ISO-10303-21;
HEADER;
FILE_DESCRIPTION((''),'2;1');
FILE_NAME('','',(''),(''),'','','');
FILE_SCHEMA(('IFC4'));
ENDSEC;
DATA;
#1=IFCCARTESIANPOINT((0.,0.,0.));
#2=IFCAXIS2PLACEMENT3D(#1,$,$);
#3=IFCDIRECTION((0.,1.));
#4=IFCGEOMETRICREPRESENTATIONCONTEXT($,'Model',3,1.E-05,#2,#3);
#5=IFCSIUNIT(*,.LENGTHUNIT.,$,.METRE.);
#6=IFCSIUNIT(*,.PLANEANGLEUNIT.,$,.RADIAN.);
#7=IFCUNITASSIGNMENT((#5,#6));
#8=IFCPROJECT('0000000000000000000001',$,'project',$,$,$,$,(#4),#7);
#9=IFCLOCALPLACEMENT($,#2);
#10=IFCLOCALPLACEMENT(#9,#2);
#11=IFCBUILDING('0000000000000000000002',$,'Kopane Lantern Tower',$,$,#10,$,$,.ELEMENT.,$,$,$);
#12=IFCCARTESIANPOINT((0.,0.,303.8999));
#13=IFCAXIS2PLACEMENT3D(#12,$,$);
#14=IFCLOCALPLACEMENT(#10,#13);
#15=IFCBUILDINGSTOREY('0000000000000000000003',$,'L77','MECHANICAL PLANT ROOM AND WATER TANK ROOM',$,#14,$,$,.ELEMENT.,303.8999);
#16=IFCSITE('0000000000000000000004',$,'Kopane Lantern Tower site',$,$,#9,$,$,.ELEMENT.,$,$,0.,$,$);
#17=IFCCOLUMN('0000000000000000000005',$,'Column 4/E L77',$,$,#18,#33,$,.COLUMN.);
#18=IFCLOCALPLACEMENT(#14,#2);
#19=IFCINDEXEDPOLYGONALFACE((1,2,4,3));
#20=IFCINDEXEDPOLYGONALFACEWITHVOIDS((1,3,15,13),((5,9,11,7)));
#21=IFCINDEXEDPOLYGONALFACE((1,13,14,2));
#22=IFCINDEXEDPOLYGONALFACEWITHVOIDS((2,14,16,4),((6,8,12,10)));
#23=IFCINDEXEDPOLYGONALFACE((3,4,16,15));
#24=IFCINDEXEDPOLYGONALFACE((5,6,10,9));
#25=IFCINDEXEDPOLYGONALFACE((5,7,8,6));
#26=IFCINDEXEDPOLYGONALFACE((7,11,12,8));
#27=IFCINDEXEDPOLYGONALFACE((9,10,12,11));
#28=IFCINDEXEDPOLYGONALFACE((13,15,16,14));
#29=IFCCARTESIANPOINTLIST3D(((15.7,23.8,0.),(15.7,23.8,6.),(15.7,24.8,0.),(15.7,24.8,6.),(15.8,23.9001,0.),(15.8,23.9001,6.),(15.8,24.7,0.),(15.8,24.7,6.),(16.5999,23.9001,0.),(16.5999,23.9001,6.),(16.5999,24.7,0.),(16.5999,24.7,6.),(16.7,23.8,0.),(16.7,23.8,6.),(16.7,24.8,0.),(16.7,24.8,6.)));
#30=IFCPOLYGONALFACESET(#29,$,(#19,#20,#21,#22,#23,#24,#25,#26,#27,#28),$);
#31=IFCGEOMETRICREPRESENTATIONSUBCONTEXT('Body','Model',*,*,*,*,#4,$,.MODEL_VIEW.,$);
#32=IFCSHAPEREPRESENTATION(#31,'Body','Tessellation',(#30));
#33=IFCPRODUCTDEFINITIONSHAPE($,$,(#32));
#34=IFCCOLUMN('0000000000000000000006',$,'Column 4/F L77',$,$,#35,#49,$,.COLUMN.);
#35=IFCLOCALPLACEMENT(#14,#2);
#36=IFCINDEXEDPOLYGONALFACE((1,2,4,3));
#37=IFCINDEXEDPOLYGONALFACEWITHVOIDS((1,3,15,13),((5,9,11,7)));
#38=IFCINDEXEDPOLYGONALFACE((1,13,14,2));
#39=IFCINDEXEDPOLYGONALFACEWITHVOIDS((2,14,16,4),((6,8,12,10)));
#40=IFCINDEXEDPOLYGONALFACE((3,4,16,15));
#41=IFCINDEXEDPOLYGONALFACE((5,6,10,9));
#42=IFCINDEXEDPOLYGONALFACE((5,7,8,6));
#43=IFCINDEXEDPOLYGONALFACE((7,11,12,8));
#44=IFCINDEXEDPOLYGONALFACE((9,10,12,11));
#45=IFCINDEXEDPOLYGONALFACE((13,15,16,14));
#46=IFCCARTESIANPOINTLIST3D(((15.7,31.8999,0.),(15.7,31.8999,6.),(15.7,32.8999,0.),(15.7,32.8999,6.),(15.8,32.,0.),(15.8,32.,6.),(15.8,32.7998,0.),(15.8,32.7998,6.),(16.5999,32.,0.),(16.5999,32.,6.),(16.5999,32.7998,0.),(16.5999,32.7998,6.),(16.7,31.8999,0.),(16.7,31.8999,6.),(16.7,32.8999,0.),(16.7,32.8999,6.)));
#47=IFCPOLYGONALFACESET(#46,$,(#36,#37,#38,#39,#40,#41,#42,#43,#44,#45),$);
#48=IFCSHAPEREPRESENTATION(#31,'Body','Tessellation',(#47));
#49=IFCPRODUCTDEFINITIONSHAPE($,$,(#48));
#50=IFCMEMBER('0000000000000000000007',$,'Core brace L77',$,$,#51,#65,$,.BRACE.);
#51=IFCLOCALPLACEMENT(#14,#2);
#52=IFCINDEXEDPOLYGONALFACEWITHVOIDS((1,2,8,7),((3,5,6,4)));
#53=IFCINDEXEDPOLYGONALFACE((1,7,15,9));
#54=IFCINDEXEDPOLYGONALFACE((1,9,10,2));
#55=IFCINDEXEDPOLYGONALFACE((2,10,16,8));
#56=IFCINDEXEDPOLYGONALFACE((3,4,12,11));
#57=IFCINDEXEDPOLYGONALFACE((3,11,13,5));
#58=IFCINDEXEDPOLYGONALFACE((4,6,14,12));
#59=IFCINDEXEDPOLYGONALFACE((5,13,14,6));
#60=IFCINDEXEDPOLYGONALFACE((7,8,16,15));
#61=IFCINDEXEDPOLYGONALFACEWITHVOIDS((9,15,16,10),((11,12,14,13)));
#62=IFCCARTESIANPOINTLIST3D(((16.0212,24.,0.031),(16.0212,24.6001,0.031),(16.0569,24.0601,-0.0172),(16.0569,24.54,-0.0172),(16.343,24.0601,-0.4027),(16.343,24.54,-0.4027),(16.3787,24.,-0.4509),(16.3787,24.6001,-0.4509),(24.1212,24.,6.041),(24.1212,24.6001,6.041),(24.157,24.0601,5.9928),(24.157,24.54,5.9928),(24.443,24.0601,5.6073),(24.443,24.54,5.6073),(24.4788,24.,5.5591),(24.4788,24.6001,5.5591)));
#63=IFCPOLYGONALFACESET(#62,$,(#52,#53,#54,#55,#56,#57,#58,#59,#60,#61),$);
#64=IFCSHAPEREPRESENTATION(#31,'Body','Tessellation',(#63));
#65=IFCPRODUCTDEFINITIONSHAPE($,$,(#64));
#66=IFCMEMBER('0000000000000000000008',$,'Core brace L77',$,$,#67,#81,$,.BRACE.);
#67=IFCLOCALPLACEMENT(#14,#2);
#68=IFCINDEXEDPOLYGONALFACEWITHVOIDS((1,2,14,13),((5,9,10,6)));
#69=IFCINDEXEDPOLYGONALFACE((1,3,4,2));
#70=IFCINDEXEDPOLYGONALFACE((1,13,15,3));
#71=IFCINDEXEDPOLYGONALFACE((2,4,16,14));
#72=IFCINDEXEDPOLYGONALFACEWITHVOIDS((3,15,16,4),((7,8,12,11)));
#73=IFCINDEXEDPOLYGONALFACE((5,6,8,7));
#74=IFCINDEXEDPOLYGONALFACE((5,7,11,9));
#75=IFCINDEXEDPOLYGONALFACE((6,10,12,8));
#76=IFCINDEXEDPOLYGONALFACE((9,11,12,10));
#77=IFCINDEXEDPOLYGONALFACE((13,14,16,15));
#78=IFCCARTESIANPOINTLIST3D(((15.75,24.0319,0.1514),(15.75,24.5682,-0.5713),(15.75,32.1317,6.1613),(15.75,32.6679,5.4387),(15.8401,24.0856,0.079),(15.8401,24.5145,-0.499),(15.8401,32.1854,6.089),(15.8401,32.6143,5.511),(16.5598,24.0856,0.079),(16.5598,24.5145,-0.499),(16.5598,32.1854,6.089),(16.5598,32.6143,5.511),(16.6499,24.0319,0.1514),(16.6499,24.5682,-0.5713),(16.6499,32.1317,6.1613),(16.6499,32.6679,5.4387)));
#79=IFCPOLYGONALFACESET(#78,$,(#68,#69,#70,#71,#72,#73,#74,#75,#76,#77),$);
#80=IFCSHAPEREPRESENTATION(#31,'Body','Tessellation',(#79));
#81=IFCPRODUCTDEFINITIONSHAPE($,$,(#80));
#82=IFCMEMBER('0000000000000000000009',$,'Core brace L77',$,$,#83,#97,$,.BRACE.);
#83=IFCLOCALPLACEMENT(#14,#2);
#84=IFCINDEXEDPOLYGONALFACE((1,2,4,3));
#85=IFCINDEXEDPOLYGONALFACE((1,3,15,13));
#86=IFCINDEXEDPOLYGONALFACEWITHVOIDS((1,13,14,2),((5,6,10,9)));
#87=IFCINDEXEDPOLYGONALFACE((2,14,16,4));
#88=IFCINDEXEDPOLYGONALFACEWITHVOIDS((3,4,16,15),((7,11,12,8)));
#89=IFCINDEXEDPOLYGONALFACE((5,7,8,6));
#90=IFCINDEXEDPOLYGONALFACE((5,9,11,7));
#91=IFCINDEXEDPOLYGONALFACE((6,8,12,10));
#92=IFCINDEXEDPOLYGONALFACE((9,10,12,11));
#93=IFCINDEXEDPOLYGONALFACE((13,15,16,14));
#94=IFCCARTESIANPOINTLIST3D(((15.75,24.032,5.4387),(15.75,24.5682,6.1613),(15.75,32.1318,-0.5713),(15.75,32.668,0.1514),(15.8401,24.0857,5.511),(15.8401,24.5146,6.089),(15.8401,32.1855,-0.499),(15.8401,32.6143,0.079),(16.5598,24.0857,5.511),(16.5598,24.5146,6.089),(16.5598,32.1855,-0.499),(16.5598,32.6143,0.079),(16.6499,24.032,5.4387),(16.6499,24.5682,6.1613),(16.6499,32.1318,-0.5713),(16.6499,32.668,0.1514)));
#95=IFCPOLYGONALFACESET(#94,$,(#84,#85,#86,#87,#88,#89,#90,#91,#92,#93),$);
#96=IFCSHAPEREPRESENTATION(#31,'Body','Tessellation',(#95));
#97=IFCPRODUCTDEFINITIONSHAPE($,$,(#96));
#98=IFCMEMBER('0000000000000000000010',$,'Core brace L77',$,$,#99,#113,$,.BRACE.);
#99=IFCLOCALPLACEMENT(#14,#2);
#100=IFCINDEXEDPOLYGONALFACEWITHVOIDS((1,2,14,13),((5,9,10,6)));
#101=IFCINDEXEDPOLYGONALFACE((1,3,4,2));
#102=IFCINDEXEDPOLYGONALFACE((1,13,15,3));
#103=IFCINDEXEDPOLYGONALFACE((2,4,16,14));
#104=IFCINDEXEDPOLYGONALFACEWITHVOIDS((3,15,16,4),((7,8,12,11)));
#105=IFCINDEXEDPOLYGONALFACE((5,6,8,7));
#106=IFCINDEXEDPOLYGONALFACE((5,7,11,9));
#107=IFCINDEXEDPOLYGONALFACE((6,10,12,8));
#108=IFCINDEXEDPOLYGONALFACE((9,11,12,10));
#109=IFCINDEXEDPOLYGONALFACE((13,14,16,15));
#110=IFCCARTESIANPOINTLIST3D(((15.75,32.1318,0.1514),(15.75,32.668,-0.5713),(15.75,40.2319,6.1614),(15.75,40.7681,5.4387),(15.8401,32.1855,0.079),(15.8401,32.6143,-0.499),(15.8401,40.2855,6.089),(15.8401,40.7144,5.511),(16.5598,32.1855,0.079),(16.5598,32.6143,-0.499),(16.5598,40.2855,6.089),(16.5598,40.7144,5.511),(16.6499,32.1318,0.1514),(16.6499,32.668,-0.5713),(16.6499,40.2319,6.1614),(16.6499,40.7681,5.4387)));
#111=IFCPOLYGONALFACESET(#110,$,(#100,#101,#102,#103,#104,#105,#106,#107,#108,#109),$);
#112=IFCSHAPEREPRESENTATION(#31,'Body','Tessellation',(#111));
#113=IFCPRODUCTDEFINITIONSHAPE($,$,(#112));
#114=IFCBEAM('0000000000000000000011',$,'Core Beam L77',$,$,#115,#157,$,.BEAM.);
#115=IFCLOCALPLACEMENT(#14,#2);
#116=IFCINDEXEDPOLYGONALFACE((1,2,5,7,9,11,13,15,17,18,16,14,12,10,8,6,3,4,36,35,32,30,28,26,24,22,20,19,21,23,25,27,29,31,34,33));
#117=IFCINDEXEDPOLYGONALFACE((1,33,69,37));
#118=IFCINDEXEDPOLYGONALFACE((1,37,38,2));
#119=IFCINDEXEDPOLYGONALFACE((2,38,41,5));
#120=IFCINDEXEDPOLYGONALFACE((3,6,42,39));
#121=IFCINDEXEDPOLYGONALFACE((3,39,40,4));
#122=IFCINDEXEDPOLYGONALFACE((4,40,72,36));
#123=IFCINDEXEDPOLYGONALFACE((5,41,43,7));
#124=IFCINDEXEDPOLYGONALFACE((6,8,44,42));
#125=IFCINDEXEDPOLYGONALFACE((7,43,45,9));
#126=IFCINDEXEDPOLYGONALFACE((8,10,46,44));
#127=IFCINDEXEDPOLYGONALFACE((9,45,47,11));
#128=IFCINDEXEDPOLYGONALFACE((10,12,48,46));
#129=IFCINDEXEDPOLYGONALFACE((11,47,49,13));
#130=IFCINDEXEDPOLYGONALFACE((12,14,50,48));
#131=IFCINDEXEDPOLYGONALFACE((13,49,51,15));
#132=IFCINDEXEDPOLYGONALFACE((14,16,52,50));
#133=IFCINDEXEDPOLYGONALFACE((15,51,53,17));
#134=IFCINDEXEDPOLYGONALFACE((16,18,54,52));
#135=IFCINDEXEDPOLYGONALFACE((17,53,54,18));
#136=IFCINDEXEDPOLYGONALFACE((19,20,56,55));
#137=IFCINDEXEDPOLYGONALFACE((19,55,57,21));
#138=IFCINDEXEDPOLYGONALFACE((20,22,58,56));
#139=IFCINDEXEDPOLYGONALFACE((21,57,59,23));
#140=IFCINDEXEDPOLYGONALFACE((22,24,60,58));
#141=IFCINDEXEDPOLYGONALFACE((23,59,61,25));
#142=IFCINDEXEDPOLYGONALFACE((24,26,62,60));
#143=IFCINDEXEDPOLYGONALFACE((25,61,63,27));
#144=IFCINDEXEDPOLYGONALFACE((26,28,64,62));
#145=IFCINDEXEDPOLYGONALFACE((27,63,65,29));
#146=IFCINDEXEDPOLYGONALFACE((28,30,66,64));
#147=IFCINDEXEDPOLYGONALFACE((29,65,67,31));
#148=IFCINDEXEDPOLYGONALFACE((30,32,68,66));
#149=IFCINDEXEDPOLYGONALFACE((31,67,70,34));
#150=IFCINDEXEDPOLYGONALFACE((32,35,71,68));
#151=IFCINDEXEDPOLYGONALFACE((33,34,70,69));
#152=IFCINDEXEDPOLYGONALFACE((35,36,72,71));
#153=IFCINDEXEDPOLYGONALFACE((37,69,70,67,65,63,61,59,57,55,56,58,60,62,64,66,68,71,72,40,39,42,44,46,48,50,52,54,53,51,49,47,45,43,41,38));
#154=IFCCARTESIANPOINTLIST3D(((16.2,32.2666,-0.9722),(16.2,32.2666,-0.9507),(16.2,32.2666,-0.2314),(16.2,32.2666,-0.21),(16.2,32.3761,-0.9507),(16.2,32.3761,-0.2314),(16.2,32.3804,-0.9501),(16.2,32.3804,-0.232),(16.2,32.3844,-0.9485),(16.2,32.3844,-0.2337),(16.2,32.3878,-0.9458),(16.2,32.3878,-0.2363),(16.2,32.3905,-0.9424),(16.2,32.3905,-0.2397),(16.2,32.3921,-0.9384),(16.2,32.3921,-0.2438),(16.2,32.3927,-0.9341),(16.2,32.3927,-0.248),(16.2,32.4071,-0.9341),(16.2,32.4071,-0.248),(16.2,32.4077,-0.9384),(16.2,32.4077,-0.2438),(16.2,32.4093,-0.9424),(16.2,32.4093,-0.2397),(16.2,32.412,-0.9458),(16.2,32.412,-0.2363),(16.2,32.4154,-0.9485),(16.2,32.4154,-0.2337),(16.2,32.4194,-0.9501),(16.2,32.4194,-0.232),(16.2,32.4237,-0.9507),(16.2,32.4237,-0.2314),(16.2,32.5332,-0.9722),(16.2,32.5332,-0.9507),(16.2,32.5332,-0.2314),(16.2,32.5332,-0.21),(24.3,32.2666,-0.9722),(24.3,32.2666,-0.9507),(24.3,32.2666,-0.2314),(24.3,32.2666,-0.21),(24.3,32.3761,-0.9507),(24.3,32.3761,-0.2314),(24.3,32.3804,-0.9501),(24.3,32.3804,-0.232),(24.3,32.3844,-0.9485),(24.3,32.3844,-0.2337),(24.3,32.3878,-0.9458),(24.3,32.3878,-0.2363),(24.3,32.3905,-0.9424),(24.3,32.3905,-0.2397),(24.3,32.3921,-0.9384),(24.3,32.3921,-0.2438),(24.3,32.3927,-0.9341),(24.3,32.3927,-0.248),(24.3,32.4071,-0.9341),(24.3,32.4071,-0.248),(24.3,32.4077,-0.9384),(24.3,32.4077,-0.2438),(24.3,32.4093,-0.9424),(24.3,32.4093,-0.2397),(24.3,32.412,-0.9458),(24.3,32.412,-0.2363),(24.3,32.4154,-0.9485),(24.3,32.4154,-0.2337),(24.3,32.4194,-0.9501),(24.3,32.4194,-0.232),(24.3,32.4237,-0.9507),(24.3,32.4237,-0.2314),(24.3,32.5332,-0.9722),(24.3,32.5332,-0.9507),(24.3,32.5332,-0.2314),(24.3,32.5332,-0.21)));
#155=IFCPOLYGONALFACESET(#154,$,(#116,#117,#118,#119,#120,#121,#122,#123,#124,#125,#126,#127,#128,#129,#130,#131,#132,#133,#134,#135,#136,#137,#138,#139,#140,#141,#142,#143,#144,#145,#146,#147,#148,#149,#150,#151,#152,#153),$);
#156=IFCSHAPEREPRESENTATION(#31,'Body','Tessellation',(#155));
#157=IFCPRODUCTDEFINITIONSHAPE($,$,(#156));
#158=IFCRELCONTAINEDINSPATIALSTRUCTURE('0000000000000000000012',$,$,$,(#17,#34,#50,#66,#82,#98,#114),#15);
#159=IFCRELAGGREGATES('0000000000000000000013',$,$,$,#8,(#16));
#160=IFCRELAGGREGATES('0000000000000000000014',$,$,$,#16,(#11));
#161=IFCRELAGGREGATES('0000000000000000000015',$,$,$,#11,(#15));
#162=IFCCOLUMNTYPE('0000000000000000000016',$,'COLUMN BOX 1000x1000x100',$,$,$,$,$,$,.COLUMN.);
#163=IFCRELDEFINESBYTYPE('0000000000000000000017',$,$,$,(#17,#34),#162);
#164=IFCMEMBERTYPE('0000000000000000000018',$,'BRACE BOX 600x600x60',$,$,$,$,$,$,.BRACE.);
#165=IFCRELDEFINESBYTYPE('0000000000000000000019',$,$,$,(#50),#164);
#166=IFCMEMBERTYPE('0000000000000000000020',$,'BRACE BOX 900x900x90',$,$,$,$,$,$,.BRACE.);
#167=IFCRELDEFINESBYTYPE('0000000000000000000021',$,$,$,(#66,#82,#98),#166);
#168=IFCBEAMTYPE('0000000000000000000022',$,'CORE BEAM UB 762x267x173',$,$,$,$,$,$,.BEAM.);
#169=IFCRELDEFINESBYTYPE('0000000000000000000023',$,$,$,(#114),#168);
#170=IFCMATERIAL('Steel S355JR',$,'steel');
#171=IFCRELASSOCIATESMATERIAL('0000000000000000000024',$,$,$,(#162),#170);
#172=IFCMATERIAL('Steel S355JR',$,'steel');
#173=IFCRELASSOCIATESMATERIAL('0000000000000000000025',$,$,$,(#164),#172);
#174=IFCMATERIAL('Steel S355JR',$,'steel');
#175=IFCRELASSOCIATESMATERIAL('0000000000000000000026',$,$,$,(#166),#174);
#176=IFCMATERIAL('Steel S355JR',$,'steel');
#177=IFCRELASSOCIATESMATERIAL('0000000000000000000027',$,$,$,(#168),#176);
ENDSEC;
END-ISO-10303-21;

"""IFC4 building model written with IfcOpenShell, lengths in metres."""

from ifc_helpers import new_model, si_unit, direction, frame, origin, origin_2d, place, context, subcontext, project, spatial, hollow_rectangle, i_section, extrude, material, material_profile, profile_set, type_object, element, save


model = new_model("IFC4")

# Units and contexts
model_context = context("Model", 3, precision=1e-05, world=origin(), true_north=direction((0.0, 1.0)))
body_context = subcontext(model_context, "Body", "Model", "MODEL_VIEW")
ifc_project = project(units=[si_unit("LENGTHUNIT", "METRE"), si_unit("PLANEANGLEUNIT", "RADIAN")], contexts=[model_context])

# Site, building, storey
site_placement = place(None, origin())
site = spatial("IfcSite", under=ifc_project, at=site_placement, Name="Kopane Lantern Tower site", CompositionType="ELEMENT", RefElevation=0.0)
building_placement = place(site_placement, origin())
building = spatial("IfcBuilding", under=site, at=building_placement, Name="Kopane Lantern Tower", CompositionType="ELEMENT")
storey_placement = place(building_placement, frame((0.0, 0.0, 303.8999)))
storey = spatial("IfcBuildingStorey", under=building, at=storey_placement, Name="L77", Description="MECHANICAL PLANT ROOM AND WATER TANK ROOM", CompositionType="ELEMENT", Elevation=303.8999)

# Columns
ifc_material_1 = material(Name="Steel S355JR", Category="steel")
ifc_material_profile_1 = material_profile(ifc_material_1, hollow_rectangle(XDim=1.0, YDim=1.0, WallThickness=0.1001, at=origin_2d()), Name="BOX 1000x1000x100")
ifc_profile_set_1 = profile_set([ifc_material_profile_1], Name="Steel S355JR")
column_type = type_object("IfcColumnType", Name="COLUMN BOX 1000x1000x100", PredefinedType="COLUMN", material=ifc_profile_set_1)
for number, where, z_axis, x_axis, name in (
    (1, (16.2, 24.3, 0.0), (0.0, 0.0, 1.0), (1.0, 0.0, 0.0), "Column 4/E L77"),
    (2, (16.2, 32.3999, 0.0), (0.0, 0.0, 1.0), (1.0, 0.0, 0.0), "Column 4/F L77"),
):
    element("IfcColumn", number, at=place(storey_placement, frame(where, z_axis=z_axis, x_axis=x_axis)), inside=storey, type_object=column_type, Name=name, PredefinedType="COLUMN", context=body_context, shape_type="SweptSolid", body=[
        extrude(hollow_rectangle(XDim=1.0, YDim=1.0, WallThickness=0.1001, at=origin_2d()), origin(), (0.0, 0.0, 1.0), 6.0),
    ])

# Members
ifc_material_2 = material(Name="Steel S355JR", Category="steel")
ifc_material_profile_2 = material_profile(ifc_material_2, hollow_rectangle(XDim=0.6001, YDim=0.6001, WallThickness=0.0601, at=origin_2d()), Name="BOX 600x600x60")
ifc_profile_set_2 = profile_set([ifc_material_profile_2], Name="Steel S355JR")
member_type_1 = type_object("IfcMemberType", Name="BRACE BOX 600x600x60", PredefinedType="BRACE", material=ifc_profile_set_2)
member_1_placement = place(storey_placement, frame((16.2, 24.3, -0.21), z_axis=(0.803086, 0.0, 0.595864), x_axis=(0.0, 1.0, 0.0)))
element("IfcMember", 3, at=member_1_placement, inside=storey, type_object=member_type_1, Name="Core brace L77", PredefinedType="BRACE", context=body_context, shape_type="SweptSolid", body=[
    extrude(hollow_rectangle(XDim=0.6001, YDim=0.6001, WallThickness=0.0601, at=origin_2d()), origin(), (0.0, 0.0, 1.0), 10.0862),
])
ifc_material_3 = material(Name="Steel S355JR", Category="steel")
ifc_material_profile_3 = material_profile(ifc_material_3, hollow_rectangle(XDim=0.8999, YDim=0.8999, WallThickness=0.0901, at=origin_2d()), Name="BOX 900x900x90")
ifc_profile_set_3 = profile_set([ifc_material_profile_3], Name="Steel S355JR")
member_type_2 = type_object("IfcMemberType", Name="BRACE BOX 900x900x90", PredefinedType="BRACE", material=ifc_profile_set_3)
for number, where, z_axis, x_axis, name in (
    (4, (16.2, 24.3, -0.21), (0.0, 0.803077, 0.595875), (-1.0, 0.0, 0.0), "Core brace L77"),
    (5, (16.2, 32.3999, -0.21), (0.0, -0.803077, 0.595875), (1.0, 0.0, 0.0), "Core brace L77"),
):
    element("IfcMember", number, at=place(storey_placement, frame(where, z_axis=z_axis, x_axis=x_axis)), inside=storey, type_object=member_type_2, Name=name, PredefinedType="BRACE", context=body_context, shape_type="SweptSolid", body=[
        extrude(hollow_rectangle(XDim=0.8999, YDim=0.8999, WallThickness=0.0901, at=origin_2d()), origin(), (0.0, 0.0, 1.0), 10.0859),
    ])
member_2_placement = place(storey_placement, frame((16.2, 32.3999, -0.21), z_axis=(0.0, 0.803086, 0.595864), x_axis=(-1.0, 0.0, 0.0)))
element("IfcMember", 6, at=member_2_placement, inside=storey, type_object=member_type_2, Name="Core brace L77", PredefinedType="BRACE", context=body_context, shape_type="SweptSolid", body=[
    extrude(hollow_rectangle(XDim=0.8999, YDim=0.8999, WallThickness=0.0901, at=origin_2d()), origin(), (0.0, 0.0, 1.0), 10.0862),
])

# Beam
ifc_material_4 = material(Name="Steel S355JR", Category="steel")
ifc_material_profile_4 = material_profile(ifc_material_4, i_section(OverallWidth=0.2666, OverallDepth=0.7622, WebThickness=0.0144, FlangeThickness=0.0215, FilletRadius=0.0166, at=origin_2d()), Name="UB 762x267x173")
ifc_profile_set_4 = profile_set([ifc_material_profile_4], Name="Steel S355JR")
beam_type_1 = type_object("IfcBeamType", Name="CORE BEAM UB 762x267x173", PredefinedType="BEAM", material=ifc_profile_set_4)
for number, where, z_axis, x_axis, name in (
    (7, (16.2, 32.3999, -0.5911), (1.0, 0.0, 0.0), (0.0, 1.0, 0.0), "Core Beam L77"),
):
    element("IfcBeam", number, at=place(storey_placement, frame(where, z_axis=z_axis, x_axis=x_axis)), inside=storey, type_object=beam_type_1, Name=name, PredefinedType="BEAM", context=body_context, shape_type="SweptSolid", body=[
        extrude(i_section(OverallWidth=0.2666, OverallDepth=0.7622, WebThickness=0.0144, FlangeThickness=0.0215, FilletRadius=0.0166, at=origin_2d()), origin(), (0.0, 0.0, 1.0), 8.1001),
    ])

save(model, "model.ifc")
